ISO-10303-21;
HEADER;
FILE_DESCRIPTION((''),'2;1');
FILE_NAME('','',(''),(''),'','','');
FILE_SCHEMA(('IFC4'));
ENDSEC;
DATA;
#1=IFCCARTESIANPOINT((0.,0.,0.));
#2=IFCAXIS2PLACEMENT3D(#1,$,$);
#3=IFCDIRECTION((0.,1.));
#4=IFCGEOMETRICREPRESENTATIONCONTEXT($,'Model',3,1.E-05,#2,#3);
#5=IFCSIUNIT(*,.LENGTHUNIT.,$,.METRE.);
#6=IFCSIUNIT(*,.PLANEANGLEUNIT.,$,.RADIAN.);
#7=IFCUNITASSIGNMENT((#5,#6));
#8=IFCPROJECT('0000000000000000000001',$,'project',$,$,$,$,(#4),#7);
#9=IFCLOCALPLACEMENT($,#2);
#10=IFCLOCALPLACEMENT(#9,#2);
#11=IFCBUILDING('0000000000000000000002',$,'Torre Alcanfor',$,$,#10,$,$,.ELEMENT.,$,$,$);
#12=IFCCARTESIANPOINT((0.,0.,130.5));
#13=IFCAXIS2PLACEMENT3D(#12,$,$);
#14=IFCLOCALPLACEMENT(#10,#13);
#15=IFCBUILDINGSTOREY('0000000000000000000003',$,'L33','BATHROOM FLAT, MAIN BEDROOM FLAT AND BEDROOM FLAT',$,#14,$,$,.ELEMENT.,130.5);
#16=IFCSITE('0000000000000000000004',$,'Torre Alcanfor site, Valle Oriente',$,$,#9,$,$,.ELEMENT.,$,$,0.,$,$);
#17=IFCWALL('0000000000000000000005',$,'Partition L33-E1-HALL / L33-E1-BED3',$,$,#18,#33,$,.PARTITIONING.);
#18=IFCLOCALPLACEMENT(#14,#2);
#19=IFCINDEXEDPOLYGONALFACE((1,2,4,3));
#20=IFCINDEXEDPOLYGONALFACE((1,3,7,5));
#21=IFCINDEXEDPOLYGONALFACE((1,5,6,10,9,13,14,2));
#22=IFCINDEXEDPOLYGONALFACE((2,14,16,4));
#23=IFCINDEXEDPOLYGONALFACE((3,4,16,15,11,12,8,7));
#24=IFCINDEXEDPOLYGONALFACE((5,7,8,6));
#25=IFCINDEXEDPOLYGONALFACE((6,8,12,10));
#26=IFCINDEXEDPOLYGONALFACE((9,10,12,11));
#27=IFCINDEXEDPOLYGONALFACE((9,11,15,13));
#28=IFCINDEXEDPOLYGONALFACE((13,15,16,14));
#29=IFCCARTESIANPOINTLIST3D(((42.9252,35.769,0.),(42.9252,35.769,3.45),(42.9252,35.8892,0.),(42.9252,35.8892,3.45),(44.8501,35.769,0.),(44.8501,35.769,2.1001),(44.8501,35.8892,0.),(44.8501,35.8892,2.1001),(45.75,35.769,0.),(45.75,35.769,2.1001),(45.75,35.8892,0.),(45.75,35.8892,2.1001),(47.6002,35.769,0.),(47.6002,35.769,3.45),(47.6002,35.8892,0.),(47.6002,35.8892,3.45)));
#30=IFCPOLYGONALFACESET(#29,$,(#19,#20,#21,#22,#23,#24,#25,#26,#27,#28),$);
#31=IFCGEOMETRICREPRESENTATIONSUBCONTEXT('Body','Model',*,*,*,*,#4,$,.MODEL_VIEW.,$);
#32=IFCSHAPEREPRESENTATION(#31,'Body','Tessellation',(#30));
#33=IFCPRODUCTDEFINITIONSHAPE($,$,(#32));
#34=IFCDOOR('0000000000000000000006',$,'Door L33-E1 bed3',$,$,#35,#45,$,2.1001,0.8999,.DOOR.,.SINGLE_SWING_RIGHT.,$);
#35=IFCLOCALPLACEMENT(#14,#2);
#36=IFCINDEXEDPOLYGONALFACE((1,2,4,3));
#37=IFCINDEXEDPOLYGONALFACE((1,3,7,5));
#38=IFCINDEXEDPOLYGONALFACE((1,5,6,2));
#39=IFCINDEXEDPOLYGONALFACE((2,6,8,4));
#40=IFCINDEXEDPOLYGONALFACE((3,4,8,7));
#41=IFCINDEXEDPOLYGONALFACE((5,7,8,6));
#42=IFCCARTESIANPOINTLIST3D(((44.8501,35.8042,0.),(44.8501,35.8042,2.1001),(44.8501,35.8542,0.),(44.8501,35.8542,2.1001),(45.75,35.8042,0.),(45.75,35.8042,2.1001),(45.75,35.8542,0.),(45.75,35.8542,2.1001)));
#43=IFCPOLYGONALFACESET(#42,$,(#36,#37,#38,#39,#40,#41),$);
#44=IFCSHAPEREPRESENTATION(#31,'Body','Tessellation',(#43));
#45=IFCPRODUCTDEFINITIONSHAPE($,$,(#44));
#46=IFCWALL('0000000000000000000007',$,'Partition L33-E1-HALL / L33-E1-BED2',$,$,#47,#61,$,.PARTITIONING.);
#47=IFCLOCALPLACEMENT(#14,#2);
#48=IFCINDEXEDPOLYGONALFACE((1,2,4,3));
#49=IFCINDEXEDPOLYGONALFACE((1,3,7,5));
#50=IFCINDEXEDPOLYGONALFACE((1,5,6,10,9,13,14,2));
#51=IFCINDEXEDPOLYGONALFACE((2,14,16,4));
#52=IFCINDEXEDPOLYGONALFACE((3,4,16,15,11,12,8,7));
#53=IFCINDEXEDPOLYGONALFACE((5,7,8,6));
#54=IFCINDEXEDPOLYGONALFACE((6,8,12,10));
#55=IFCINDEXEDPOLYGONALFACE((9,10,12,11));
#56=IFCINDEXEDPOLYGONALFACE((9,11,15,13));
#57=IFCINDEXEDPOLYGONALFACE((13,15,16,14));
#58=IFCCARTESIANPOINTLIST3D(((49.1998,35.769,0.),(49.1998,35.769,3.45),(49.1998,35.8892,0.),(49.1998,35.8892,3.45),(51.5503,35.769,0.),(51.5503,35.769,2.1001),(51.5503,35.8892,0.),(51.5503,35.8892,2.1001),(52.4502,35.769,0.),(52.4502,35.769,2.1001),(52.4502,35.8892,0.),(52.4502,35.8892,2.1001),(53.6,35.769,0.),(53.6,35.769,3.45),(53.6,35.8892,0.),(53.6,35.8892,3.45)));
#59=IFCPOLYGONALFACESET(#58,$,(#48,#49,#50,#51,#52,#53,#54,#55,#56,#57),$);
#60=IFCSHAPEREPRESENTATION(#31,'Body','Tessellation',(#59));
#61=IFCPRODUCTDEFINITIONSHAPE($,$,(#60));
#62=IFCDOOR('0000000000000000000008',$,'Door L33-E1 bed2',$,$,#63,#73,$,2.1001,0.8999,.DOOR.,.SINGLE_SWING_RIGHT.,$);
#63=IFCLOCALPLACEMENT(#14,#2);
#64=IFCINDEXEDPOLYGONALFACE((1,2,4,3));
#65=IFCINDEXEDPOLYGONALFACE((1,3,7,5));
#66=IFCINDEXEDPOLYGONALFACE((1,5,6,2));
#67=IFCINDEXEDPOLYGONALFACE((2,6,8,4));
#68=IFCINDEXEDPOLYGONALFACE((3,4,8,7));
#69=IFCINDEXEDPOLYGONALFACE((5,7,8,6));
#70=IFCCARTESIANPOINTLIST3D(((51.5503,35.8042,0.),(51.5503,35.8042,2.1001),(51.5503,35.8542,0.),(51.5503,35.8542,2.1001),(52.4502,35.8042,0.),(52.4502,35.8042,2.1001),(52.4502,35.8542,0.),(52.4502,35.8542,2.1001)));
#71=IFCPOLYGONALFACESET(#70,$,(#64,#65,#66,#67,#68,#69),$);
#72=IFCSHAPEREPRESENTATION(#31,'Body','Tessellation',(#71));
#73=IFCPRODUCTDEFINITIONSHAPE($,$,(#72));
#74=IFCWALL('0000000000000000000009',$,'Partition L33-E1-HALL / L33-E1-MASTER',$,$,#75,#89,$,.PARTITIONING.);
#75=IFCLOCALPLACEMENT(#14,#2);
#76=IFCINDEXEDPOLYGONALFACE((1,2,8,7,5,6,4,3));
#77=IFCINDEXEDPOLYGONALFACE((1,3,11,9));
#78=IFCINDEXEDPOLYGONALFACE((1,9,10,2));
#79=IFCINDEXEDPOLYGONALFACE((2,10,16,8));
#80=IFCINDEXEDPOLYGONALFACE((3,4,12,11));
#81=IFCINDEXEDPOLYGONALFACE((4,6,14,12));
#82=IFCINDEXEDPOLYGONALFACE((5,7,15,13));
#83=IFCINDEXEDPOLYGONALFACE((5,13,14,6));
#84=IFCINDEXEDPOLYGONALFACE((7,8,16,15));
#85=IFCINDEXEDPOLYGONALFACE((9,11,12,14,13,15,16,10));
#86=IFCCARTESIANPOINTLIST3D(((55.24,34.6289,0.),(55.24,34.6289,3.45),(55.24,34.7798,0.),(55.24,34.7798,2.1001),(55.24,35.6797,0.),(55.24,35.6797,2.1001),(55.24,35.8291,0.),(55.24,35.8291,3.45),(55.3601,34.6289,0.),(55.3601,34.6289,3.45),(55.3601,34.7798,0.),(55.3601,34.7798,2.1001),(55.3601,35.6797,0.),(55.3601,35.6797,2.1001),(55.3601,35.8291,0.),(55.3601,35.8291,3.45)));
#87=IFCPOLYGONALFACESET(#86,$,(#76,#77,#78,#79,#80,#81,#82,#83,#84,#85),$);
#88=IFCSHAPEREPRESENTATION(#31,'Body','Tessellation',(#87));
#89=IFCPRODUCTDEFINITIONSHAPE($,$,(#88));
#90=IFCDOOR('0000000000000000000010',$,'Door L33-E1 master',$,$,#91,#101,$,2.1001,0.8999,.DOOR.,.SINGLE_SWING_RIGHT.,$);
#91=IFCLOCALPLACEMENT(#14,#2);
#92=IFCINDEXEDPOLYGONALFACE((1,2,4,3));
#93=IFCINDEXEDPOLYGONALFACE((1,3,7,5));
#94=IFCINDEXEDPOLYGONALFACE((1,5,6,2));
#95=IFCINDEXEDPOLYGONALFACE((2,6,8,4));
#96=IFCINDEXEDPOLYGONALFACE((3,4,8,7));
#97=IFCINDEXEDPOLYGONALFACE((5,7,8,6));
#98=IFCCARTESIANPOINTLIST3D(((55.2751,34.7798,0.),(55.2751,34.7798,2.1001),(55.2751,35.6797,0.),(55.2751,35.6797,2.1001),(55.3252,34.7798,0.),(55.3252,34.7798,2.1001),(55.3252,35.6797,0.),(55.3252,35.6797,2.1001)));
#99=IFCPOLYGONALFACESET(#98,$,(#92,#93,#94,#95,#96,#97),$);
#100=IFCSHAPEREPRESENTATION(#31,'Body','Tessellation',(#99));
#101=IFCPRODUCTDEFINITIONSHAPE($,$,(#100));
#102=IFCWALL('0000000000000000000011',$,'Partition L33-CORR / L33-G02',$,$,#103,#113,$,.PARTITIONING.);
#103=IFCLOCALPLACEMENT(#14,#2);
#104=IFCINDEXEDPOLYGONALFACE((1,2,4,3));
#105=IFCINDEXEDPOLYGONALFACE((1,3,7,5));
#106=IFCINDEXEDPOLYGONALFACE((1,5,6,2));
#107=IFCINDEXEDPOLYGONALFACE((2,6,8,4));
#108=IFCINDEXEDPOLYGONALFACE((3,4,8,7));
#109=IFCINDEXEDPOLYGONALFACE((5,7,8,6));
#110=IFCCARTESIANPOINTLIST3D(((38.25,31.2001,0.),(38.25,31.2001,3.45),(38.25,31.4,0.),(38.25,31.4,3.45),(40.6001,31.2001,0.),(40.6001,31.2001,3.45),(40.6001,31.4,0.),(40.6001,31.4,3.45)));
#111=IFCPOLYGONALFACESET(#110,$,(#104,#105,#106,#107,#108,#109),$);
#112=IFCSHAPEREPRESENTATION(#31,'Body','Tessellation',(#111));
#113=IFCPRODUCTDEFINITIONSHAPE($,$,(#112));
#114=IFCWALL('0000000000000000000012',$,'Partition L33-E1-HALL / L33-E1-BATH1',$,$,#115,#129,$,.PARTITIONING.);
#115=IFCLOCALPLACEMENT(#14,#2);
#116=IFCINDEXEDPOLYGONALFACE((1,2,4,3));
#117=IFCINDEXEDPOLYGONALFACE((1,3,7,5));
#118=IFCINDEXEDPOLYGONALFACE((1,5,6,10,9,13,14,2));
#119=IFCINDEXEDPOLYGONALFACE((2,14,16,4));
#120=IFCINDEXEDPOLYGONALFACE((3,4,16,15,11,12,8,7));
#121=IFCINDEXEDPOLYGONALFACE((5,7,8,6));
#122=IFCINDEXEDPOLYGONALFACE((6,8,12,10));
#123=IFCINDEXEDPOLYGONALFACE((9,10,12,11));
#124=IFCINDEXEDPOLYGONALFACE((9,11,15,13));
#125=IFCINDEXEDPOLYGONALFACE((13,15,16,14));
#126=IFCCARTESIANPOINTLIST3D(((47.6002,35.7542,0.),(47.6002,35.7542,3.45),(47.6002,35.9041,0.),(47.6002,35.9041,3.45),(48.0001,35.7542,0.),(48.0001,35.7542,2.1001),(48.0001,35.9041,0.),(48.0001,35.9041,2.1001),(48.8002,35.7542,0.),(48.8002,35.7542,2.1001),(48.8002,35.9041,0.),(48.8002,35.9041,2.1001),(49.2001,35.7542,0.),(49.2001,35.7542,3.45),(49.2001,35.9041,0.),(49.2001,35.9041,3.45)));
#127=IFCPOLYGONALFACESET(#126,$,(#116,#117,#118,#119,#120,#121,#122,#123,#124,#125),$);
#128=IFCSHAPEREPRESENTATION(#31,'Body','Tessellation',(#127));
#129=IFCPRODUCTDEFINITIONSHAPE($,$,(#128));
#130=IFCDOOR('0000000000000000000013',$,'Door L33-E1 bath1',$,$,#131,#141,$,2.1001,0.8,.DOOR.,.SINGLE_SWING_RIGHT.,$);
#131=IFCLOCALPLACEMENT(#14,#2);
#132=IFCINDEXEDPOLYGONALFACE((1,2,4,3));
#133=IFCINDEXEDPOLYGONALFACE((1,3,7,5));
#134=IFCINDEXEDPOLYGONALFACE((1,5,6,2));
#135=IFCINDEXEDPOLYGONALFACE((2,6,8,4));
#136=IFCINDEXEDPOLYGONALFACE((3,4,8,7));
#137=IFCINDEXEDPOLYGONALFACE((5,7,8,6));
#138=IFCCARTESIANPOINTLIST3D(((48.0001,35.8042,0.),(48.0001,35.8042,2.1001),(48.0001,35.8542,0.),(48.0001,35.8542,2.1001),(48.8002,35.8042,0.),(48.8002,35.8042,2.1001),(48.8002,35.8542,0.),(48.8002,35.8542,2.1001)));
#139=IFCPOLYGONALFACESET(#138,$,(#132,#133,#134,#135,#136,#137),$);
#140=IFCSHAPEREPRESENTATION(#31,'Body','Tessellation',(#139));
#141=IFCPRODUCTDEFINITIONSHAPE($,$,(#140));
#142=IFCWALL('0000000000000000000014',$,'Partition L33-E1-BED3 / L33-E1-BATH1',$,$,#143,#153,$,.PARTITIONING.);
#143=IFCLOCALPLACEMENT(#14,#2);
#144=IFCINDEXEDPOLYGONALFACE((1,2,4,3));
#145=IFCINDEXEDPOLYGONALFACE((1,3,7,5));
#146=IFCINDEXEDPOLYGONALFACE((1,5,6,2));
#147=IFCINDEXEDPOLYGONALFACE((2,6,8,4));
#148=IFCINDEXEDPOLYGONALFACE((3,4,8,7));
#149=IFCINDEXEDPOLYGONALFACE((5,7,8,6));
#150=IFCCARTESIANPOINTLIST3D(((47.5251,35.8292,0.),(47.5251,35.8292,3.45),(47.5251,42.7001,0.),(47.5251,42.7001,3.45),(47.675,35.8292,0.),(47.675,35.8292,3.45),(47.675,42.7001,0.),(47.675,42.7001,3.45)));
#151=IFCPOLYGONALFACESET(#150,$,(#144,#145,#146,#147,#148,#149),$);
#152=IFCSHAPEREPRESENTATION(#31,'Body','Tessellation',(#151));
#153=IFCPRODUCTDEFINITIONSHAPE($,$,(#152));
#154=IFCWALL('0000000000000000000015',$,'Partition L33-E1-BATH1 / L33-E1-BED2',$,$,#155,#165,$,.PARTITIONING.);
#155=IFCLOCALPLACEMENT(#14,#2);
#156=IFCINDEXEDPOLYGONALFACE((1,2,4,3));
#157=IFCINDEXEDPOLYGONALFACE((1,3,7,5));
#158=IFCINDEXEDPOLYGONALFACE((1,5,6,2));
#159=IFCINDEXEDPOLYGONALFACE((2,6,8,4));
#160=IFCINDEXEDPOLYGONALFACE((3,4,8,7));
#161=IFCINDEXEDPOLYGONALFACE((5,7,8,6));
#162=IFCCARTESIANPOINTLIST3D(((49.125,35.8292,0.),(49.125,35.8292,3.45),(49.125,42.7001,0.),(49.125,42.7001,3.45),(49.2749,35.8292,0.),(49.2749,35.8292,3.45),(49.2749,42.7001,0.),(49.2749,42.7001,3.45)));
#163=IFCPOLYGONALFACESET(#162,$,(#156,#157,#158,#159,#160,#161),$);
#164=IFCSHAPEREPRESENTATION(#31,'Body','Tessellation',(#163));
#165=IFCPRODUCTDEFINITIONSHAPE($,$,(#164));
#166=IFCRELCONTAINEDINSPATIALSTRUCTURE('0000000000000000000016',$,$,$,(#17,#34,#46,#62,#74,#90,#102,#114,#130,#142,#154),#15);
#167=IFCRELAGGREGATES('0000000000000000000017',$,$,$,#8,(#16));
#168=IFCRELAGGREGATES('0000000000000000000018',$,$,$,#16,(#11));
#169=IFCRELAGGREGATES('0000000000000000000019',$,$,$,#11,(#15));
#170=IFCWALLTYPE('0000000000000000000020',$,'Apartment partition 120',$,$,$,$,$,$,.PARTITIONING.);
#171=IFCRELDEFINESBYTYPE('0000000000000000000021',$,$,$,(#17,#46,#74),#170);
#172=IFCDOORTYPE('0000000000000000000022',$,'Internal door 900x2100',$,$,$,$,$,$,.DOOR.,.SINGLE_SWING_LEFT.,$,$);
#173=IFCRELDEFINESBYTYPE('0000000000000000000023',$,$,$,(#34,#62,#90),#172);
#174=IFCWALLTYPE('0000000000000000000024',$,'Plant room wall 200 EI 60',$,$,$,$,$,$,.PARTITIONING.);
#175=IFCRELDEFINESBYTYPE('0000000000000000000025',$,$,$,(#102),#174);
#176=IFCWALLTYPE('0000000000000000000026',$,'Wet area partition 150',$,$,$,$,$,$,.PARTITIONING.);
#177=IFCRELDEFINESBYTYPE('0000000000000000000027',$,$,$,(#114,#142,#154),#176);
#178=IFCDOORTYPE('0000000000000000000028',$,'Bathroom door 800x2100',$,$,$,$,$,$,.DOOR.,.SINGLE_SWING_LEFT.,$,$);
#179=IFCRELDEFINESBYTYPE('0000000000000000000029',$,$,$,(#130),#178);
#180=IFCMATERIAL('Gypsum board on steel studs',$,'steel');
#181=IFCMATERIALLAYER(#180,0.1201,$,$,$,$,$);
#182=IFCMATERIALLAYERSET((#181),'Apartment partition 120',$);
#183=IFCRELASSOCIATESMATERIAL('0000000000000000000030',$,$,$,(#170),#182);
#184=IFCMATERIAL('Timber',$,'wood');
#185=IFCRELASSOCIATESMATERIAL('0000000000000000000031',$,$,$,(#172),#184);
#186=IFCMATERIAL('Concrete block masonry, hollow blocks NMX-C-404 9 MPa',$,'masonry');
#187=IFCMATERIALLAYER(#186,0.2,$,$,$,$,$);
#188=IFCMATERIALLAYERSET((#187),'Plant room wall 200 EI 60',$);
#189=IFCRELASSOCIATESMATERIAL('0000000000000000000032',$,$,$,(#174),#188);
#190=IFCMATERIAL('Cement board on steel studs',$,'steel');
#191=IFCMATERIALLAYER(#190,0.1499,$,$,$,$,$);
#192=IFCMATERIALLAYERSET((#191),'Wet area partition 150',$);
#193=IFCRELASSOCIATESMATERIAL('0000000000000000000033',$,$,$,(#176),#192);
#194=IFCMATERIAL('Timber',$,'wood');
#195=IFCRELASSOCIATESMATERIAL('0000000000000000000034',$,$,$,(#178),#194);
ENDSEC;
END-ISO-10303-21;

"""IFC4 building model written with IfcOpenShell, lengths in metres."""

from ifc_helpers import new_model, si_unit, direction, frame, frame_2d, origin, place, context, subcontext, project, spatial, rectangle, extrude, material, layer, layer_set, type_object, element, fill, save


model = new_model("IFC4")

# Units and contexts
model_context = context("Model", 3, precision=1e-05, world=origin(), true_north=direction((0.0, 1.0)))
body_context = subcontext(model_context, "Body", "Model", "MODEL_VIEW")
ifc_project = project(units=[si_unit("LENGTHUNIT", "METRE"), si_unit("PLANEANGLEUNIT", "RADIAN")], contexts=[model_context])

# Site, building, storey
site_placement = place(None, origin())
site = spatial("IfcSite", under=ifc_project, at=site_placement, Name="Torre Alcanfor site, Valle Oriente", CompositionType="ELEMENT", RefElevation=0.0)
building_placement = place(site_placement, origin())
building = spatial("IfcBuilding", under=site, at=building_placement, Name="Torre Alcanfor", CompositionType="ELEMENT")
storey_placement = place(building_placement, frame((0.0, 0.0, 130.5)))
storey = spatial("IfcBuildingStorey", under=building, at=storey_placement, Name="L33", Description="BATHROOM FLAT, MAIN BEDROOM FLAT AND BEDROOM FLAT", CompositionType="ELEMENT", Elevation=130.5)

# Shared definitions
ifc_material_1 = material(Name="Gypsum board on steel studs", Category="steel")
ifc_layer_1 = layer(ifc_material_1, 0.1201)
ifc_layer_set_1 = layer_set([ifc_layer_1], Name="Apartment partition 120")
wall_type_1 = type_object("IfcWallType", Name="Apartment partition 120", PredefinedType="PARTITIONING", material=ifc_layer_set_1)

# Shared definitions
ifc_material_2 = material(Name="Timber", Category="wood")
door_type_1 = type_object("IfcDoorType", Name="Internal door 900x2100", OperationType="SINGLE_SWING_LEFT", PredefinedType="DOOR", material=ifc_material_2)

# Walls, openings, doors
wall_1_placement = place(storey_placement, frame((47.6001, 35.8291, 0.0), z_axis=(0.0, 0.0, 1.0), x_axis=(-1.0, 0.0, 0.0)))
wall_1 = element("IfcWall", 1, at=wall_1_placement, inside=storey, type_object=wall_type_1, Name="Partition L33-E1-HALL / L33-E1-BED3", PredefinedType="PARTITIONING", context=body_context, shape_type="SweptSolid", body=[
    extrude(rectangle(XDim=4.675, YDim=0.1201, at=frame_2d((2.3374, 0.0))), origin(), (0.0, 0.0, 1.0), 3.45),
])
opening_1_placement = place(wall_1_placement, frame((1.8501, 0.0, 0.0)))
opening_1 = element("IfcOpeningElement", 2, at=opening_1_placement, cuts=wall_1, PredefinedType="OPENING", context=body_context, shape_type="SweptSolid", body=[
    extrude(rectangle(XDim=0.8999, YDim=2.1001, at=frame_2d((0.45, 1.05))), frame((0.0, 0.0701, 0.0), z_axis=(0.0, -1.0, 0.0), x_axis=(1.0, 0.0, 0.0)), (0.0, 0.0, 1.0), 0.1401),
])
door_1_placement = place(opening_1_placement, frame((0.8999, 0.0, 0.0), z_axis=(0.0, 0.0, 1.0), x_axis=(-1.0, 0.0, 0.0)))
door_1 = element("IfcDoor", 3, at=door_1_placement, inside=storey, type_object=door_type_1, Name="Door L33-E1 bed3", OperationType="SINGLE_SWING_RIGHT", OverallHeight=2.1001, OverallWidth=0.8999, PredefinedType="DOOR", context=body_context, shape_type="SweptSolid", body=[
    extrude(rectangle(XDim=0.8999, YDim=2.1001, at=frame_2d((0.45, 1.05))), frame((0.0, 0.0251, 0.0), z_axis=(0.0, -1.0, 0.0), x_axis=(1.0, 0.0, 0.0)), (0.0, 0.0, 1.0), 0.05),
])
fill(opening_1, door_1)
wall_2_placement = place(storey_placement, frame((53.6001, 35.8291, 0.0), z_axis=(0.0, 0.0, 1.0), x_axis=(-1.0, 0.0, 0.0)))
wall_2 = element("IfcWall", 4, at=wall_2_placement, inside=storey, type_object=wall_type_1, Name="Partition L33-E1-HALL / L33-E1-BED2", PredefinedType="PARTITIONING", context=body_context, shape_type="SweptSolid", body=[
    extrude(rectangle(XDim=4.4001, YDim=0.1201, at=frame_2d((2.2002, 0.0))), origin(), (0.0, 0.0, 1.0), 3.45),
])
opening_2_placement = place(wall_2_placement, frame((1.1499, 0.0, 0.0)))
opening_2 = element("IfcOpeningElement", 5, at=opening_2_placement, cuts=wall_2, PredefinedType="OPENING", context=body_context, shape_type="SweptSolid", body=[
    extrude(rectangle(XDim=0.8999, YDim=2.1001, at=frame_2d((0.45, 1.05))), frame((0.0, 0.0701, 0.0), z_axis=(0.0, -1.0, 0.0), x_axis=(1.0, 0.0, 0.0)), (0.0, 0.0, 1.0), 0.1401),
])
door_2_placement = place(opening_2_placement, frame((0.8999, 0.0, 0.0), z_axis=(0.0, 0.0, 1.0), x_axis=(-1.0, 0.0, 0.0)))
door_2 = element("IfcDoor", 6, at=door_2_placement, inside=storey, type_object=door_type_1, Name="Door L33-E1 bed2", OperationType="SINGLE_SWING_RIGHT", OverallHeight=2.1001, OverallWidth=0.8999, PredefinedType="DOOR", context=body_context, shape_type="SweptSolid", body=[
    extrude(rectangle(XDim=0.8999, YDim=2.1001, at=frame_2d((0.45, 1.05))), frame((0.0, 0.0251, 0.0), z_axis=(0.0, -1.0, 0.0), x_axis=(1.0, 0.0, 0.0)), (0.0, 0.0, 1.0), 0.05),
])
fill(opening_2, door_2)
wall_3_placement = place(storey_placement, frame((55.3, 34.6289, 0.0), z_axis=(0.0, 0.0, 1.0), x_axis=(0.0, 1.0, 0.0)))
wall_3 = element("IfcWall", 7, at=wall_3_placement, inside=storey, type_object=wall_type_1, Name="Partition L33-E1-HALL / L33-E1-MASTER", PredefinedType="PARTITIONING", context=body_context, shape_type="SweptSolid", body=[
    extrude(rectangle(XDim=1.2002, YDim=0.1201, at=frame_2d((0.6001, 0.0))), origin(), (0.0, 0.0, 1.0), 3.45),
])
opening_3_placement = place(wall_3_placement, frame((0.1509, 0.0, 0.0)))
opening_3 = element("IfcOpeningElement", 8, at=opening_3_placement, cuts=wall_3, PredefinedType="OPENING", context=body_context, shape_type="SweptSolid", body=[
    extrude(rectangle(XDim=0.8999, YDim=2.1001, at=frame_2d((0.45, 1.05))), frame((0.0, 0.0701, 0.0), z_axis=(0.0, -1.0, 0.0), x_axis=(1.0, 0.0, 0.0)), (0.0, 0.0, 1.0), 0.1401),
])
door_3_placement = place(opening_3_placement, frame((0.8999, 0.0, 0.0), z_axis=(0.0, 0.0, 1.0), x_axis=(-1.0, 0.0, 0.0)))
door_3 = element("IfcDoor", 9, at=door_3_placement, inside=storey, type_object=door_type_1, Name="Door L33-E1 master", OperationType="SINGLE_SWING_RIGHT", OverallHeight=2.1001, OverallWidth=0.8999, PredefinedType="DOOR", context=body_context, shape_type="SweptSolid", body=[
    extrude(rectangle(XDim=0.8999, YDim=2.1001, at=frame_2d((0.45, 1.05))), frame((0.0, 0.0251, 0.0), z_axis=(0.0, -1.0, 0.0), x_axis=(1.0, 0.0, 0.0)), (0.0, 0.0, 1.0), 0.05),
])
fill(opening_3, door_3)

# Wall
ifc_material_3 = material(Name="Concrete block masonry, hollow blocks NMX-C-404 9 MPa", Category="masonry")
ifc_layer_2 = layer(ifc_material_3, 0.2)
ifc_layer_set_2 = layer_set([ifc_layer_2], Name="Plant room wall 200 EI 60")
wall_type_2 = type_object("IfcWallType", Name="Plant room wall 200 EI 60", PredefinedType="PARTITIONING", material=ifc_layer_set_2)
wall_4_placement = place(storey_placement, frame((40.6001, 31.3, 0.0), z_axis=(0.0, 0.0, 1.0), x_axis=(-1.0, 0.0, 0.0)))
element("IfcWall", 10, at=wall_4_placement, inside=storey, type_object=wall_type_2, Name="Partition L33-CORR / L33-G02", PredefinedType="PARTITIONING", context=body_context, shape_type="SweptSolid", body=[
    extrude(rectangle(XDim=2.3501, YDim=0.2, at=frame_2d((1.175, 0.0))), origin(), (0.0, 0.0, 1.0), 3.45),
])

# Wall, opening, door
ifc_material_4 = material(Name="Cement board on steel studs", Category="steel")
ifc_layer_3 = layer(ifc_material_4, 0.1499)
ifc_layer_set_3 = layer_set([ifc_layer_3], Name="Wet area partition 150")
wall_type_3 = type_object("IfcWallType", Name="Wet area partition 150", PredefinedType="PARTITIONING", material=ifc_layer_set_3)
wall_5_placement = place(storey_placement, frame((49.2, 35.8291, 0.0), z_axis=(0.0, 0.0, 1.0), x_axis=(-1.0, 0.0, 0.0)))
wall_5 = element("IfcWall", 11, at=wall_5_placement, inside=storey, type_object=wall_type_3, Name="Partition L33-E1-HALL / L33-E1-BATH1", PredefinedType="PARTITIONING", context=body_context, shape_type="SweptSolid", body=[
    extrude(rectangle(XDim=1.5999, YDim=0.1499, at=frame_2d((0.7998, 0.0))), origin(), (0.0, 0.0, 1.0), 3.45),
])
opening_4_placement = place(wall_5_placement, frame((0.3999, 0.0, 0.0)))
opening_4 = element("IfcOpeningElement", 12, at=opening_4_placement, cuts=wall_5, PredefinedType="OPENING", context=body_context, shape_type="SweptSolid", body=[
    extrude(rectangle(XDim=0.8, YDim=2.1001, at=frame_2d((0.3999, 1.05))), frame((0.0, 0.085, 0.0), z_axis=(0.0, -1.0, 0.0), x_axis=(1.0, 0.0, 0.0)), (0.0, 0.0, 1.0), 0.1699),
])
ifc_material_5 = material(Name="Timber", Category="wood")
door_type_2 = type_object("IfcDoorType", Name="Bathroom door 800x2100", OperationType="SINGLE_SWING_LEFT", PredefinedType="DOOR", material=ifc_material_5)
door_4_placement = place(opening_4_placement, frame((0.8, 0.0, 0.0), z_axis=(0.0, 0.0, 1.0), x_axis=(-1.0, 0.0, 0.0)))
door_4 = element("IfcDoor", 13, at=door_4_placement, inside=storey, type_object=door_type_2, Name="Door L33-E1 bath1", OperationType="SINGLE_SWING_RIGHT", OverallHeight=2.1001, OverallWidth=0.8, PredefinedType="DOOR", context=body_context, shape_type="SweptSolid", body=[
    extrude(rectangle(XDim=0.8, YDim=2.1001, at=frame_2d((0.4001, 1.05))), frame((0.0, 0.0251, 0.0), z_axis=(0.0, -1.0, 0.0), x_axis=(1.0, 0.0, 0.0)), (0.0, 0.0, 1.0), 0.05),
])
fill(opening_4, door_4)

# Walls
for number, where, z_axis, x_axis, name in (
    (14, (47.6001, 35.8291, 0.0), (0.0, 0.0, 1.0), (0.0, 1.0, 0.0), "Partition L33-E1-BED3 / L33-E1-BATH1"),
    (15, (49.2, 35.8291, 0.0), (0.0, 0.0, 1.0), (0.0, 1.0, 0.0), "Partition L33-E1-BATH1 / L33-E1-BED2"),
):
    element("IfcWall", number, at=place(storey_placement, frame(where, z_axis=z_axis, x_axis=x_axis)), inside=storey, type_object=wall_type_3, Name=name, PredefinedType="PARTITIONING", context=body_context, shape_type="SweptSolid", body=[
        extrude(rectangle(XDim=6.8708, YDim=0.1499, at=frame_2d((3.4355, 0.0))), origin(), (0.0, 0.0, 1.0), 3.45),
    ])

save(model, "model.ifc")
